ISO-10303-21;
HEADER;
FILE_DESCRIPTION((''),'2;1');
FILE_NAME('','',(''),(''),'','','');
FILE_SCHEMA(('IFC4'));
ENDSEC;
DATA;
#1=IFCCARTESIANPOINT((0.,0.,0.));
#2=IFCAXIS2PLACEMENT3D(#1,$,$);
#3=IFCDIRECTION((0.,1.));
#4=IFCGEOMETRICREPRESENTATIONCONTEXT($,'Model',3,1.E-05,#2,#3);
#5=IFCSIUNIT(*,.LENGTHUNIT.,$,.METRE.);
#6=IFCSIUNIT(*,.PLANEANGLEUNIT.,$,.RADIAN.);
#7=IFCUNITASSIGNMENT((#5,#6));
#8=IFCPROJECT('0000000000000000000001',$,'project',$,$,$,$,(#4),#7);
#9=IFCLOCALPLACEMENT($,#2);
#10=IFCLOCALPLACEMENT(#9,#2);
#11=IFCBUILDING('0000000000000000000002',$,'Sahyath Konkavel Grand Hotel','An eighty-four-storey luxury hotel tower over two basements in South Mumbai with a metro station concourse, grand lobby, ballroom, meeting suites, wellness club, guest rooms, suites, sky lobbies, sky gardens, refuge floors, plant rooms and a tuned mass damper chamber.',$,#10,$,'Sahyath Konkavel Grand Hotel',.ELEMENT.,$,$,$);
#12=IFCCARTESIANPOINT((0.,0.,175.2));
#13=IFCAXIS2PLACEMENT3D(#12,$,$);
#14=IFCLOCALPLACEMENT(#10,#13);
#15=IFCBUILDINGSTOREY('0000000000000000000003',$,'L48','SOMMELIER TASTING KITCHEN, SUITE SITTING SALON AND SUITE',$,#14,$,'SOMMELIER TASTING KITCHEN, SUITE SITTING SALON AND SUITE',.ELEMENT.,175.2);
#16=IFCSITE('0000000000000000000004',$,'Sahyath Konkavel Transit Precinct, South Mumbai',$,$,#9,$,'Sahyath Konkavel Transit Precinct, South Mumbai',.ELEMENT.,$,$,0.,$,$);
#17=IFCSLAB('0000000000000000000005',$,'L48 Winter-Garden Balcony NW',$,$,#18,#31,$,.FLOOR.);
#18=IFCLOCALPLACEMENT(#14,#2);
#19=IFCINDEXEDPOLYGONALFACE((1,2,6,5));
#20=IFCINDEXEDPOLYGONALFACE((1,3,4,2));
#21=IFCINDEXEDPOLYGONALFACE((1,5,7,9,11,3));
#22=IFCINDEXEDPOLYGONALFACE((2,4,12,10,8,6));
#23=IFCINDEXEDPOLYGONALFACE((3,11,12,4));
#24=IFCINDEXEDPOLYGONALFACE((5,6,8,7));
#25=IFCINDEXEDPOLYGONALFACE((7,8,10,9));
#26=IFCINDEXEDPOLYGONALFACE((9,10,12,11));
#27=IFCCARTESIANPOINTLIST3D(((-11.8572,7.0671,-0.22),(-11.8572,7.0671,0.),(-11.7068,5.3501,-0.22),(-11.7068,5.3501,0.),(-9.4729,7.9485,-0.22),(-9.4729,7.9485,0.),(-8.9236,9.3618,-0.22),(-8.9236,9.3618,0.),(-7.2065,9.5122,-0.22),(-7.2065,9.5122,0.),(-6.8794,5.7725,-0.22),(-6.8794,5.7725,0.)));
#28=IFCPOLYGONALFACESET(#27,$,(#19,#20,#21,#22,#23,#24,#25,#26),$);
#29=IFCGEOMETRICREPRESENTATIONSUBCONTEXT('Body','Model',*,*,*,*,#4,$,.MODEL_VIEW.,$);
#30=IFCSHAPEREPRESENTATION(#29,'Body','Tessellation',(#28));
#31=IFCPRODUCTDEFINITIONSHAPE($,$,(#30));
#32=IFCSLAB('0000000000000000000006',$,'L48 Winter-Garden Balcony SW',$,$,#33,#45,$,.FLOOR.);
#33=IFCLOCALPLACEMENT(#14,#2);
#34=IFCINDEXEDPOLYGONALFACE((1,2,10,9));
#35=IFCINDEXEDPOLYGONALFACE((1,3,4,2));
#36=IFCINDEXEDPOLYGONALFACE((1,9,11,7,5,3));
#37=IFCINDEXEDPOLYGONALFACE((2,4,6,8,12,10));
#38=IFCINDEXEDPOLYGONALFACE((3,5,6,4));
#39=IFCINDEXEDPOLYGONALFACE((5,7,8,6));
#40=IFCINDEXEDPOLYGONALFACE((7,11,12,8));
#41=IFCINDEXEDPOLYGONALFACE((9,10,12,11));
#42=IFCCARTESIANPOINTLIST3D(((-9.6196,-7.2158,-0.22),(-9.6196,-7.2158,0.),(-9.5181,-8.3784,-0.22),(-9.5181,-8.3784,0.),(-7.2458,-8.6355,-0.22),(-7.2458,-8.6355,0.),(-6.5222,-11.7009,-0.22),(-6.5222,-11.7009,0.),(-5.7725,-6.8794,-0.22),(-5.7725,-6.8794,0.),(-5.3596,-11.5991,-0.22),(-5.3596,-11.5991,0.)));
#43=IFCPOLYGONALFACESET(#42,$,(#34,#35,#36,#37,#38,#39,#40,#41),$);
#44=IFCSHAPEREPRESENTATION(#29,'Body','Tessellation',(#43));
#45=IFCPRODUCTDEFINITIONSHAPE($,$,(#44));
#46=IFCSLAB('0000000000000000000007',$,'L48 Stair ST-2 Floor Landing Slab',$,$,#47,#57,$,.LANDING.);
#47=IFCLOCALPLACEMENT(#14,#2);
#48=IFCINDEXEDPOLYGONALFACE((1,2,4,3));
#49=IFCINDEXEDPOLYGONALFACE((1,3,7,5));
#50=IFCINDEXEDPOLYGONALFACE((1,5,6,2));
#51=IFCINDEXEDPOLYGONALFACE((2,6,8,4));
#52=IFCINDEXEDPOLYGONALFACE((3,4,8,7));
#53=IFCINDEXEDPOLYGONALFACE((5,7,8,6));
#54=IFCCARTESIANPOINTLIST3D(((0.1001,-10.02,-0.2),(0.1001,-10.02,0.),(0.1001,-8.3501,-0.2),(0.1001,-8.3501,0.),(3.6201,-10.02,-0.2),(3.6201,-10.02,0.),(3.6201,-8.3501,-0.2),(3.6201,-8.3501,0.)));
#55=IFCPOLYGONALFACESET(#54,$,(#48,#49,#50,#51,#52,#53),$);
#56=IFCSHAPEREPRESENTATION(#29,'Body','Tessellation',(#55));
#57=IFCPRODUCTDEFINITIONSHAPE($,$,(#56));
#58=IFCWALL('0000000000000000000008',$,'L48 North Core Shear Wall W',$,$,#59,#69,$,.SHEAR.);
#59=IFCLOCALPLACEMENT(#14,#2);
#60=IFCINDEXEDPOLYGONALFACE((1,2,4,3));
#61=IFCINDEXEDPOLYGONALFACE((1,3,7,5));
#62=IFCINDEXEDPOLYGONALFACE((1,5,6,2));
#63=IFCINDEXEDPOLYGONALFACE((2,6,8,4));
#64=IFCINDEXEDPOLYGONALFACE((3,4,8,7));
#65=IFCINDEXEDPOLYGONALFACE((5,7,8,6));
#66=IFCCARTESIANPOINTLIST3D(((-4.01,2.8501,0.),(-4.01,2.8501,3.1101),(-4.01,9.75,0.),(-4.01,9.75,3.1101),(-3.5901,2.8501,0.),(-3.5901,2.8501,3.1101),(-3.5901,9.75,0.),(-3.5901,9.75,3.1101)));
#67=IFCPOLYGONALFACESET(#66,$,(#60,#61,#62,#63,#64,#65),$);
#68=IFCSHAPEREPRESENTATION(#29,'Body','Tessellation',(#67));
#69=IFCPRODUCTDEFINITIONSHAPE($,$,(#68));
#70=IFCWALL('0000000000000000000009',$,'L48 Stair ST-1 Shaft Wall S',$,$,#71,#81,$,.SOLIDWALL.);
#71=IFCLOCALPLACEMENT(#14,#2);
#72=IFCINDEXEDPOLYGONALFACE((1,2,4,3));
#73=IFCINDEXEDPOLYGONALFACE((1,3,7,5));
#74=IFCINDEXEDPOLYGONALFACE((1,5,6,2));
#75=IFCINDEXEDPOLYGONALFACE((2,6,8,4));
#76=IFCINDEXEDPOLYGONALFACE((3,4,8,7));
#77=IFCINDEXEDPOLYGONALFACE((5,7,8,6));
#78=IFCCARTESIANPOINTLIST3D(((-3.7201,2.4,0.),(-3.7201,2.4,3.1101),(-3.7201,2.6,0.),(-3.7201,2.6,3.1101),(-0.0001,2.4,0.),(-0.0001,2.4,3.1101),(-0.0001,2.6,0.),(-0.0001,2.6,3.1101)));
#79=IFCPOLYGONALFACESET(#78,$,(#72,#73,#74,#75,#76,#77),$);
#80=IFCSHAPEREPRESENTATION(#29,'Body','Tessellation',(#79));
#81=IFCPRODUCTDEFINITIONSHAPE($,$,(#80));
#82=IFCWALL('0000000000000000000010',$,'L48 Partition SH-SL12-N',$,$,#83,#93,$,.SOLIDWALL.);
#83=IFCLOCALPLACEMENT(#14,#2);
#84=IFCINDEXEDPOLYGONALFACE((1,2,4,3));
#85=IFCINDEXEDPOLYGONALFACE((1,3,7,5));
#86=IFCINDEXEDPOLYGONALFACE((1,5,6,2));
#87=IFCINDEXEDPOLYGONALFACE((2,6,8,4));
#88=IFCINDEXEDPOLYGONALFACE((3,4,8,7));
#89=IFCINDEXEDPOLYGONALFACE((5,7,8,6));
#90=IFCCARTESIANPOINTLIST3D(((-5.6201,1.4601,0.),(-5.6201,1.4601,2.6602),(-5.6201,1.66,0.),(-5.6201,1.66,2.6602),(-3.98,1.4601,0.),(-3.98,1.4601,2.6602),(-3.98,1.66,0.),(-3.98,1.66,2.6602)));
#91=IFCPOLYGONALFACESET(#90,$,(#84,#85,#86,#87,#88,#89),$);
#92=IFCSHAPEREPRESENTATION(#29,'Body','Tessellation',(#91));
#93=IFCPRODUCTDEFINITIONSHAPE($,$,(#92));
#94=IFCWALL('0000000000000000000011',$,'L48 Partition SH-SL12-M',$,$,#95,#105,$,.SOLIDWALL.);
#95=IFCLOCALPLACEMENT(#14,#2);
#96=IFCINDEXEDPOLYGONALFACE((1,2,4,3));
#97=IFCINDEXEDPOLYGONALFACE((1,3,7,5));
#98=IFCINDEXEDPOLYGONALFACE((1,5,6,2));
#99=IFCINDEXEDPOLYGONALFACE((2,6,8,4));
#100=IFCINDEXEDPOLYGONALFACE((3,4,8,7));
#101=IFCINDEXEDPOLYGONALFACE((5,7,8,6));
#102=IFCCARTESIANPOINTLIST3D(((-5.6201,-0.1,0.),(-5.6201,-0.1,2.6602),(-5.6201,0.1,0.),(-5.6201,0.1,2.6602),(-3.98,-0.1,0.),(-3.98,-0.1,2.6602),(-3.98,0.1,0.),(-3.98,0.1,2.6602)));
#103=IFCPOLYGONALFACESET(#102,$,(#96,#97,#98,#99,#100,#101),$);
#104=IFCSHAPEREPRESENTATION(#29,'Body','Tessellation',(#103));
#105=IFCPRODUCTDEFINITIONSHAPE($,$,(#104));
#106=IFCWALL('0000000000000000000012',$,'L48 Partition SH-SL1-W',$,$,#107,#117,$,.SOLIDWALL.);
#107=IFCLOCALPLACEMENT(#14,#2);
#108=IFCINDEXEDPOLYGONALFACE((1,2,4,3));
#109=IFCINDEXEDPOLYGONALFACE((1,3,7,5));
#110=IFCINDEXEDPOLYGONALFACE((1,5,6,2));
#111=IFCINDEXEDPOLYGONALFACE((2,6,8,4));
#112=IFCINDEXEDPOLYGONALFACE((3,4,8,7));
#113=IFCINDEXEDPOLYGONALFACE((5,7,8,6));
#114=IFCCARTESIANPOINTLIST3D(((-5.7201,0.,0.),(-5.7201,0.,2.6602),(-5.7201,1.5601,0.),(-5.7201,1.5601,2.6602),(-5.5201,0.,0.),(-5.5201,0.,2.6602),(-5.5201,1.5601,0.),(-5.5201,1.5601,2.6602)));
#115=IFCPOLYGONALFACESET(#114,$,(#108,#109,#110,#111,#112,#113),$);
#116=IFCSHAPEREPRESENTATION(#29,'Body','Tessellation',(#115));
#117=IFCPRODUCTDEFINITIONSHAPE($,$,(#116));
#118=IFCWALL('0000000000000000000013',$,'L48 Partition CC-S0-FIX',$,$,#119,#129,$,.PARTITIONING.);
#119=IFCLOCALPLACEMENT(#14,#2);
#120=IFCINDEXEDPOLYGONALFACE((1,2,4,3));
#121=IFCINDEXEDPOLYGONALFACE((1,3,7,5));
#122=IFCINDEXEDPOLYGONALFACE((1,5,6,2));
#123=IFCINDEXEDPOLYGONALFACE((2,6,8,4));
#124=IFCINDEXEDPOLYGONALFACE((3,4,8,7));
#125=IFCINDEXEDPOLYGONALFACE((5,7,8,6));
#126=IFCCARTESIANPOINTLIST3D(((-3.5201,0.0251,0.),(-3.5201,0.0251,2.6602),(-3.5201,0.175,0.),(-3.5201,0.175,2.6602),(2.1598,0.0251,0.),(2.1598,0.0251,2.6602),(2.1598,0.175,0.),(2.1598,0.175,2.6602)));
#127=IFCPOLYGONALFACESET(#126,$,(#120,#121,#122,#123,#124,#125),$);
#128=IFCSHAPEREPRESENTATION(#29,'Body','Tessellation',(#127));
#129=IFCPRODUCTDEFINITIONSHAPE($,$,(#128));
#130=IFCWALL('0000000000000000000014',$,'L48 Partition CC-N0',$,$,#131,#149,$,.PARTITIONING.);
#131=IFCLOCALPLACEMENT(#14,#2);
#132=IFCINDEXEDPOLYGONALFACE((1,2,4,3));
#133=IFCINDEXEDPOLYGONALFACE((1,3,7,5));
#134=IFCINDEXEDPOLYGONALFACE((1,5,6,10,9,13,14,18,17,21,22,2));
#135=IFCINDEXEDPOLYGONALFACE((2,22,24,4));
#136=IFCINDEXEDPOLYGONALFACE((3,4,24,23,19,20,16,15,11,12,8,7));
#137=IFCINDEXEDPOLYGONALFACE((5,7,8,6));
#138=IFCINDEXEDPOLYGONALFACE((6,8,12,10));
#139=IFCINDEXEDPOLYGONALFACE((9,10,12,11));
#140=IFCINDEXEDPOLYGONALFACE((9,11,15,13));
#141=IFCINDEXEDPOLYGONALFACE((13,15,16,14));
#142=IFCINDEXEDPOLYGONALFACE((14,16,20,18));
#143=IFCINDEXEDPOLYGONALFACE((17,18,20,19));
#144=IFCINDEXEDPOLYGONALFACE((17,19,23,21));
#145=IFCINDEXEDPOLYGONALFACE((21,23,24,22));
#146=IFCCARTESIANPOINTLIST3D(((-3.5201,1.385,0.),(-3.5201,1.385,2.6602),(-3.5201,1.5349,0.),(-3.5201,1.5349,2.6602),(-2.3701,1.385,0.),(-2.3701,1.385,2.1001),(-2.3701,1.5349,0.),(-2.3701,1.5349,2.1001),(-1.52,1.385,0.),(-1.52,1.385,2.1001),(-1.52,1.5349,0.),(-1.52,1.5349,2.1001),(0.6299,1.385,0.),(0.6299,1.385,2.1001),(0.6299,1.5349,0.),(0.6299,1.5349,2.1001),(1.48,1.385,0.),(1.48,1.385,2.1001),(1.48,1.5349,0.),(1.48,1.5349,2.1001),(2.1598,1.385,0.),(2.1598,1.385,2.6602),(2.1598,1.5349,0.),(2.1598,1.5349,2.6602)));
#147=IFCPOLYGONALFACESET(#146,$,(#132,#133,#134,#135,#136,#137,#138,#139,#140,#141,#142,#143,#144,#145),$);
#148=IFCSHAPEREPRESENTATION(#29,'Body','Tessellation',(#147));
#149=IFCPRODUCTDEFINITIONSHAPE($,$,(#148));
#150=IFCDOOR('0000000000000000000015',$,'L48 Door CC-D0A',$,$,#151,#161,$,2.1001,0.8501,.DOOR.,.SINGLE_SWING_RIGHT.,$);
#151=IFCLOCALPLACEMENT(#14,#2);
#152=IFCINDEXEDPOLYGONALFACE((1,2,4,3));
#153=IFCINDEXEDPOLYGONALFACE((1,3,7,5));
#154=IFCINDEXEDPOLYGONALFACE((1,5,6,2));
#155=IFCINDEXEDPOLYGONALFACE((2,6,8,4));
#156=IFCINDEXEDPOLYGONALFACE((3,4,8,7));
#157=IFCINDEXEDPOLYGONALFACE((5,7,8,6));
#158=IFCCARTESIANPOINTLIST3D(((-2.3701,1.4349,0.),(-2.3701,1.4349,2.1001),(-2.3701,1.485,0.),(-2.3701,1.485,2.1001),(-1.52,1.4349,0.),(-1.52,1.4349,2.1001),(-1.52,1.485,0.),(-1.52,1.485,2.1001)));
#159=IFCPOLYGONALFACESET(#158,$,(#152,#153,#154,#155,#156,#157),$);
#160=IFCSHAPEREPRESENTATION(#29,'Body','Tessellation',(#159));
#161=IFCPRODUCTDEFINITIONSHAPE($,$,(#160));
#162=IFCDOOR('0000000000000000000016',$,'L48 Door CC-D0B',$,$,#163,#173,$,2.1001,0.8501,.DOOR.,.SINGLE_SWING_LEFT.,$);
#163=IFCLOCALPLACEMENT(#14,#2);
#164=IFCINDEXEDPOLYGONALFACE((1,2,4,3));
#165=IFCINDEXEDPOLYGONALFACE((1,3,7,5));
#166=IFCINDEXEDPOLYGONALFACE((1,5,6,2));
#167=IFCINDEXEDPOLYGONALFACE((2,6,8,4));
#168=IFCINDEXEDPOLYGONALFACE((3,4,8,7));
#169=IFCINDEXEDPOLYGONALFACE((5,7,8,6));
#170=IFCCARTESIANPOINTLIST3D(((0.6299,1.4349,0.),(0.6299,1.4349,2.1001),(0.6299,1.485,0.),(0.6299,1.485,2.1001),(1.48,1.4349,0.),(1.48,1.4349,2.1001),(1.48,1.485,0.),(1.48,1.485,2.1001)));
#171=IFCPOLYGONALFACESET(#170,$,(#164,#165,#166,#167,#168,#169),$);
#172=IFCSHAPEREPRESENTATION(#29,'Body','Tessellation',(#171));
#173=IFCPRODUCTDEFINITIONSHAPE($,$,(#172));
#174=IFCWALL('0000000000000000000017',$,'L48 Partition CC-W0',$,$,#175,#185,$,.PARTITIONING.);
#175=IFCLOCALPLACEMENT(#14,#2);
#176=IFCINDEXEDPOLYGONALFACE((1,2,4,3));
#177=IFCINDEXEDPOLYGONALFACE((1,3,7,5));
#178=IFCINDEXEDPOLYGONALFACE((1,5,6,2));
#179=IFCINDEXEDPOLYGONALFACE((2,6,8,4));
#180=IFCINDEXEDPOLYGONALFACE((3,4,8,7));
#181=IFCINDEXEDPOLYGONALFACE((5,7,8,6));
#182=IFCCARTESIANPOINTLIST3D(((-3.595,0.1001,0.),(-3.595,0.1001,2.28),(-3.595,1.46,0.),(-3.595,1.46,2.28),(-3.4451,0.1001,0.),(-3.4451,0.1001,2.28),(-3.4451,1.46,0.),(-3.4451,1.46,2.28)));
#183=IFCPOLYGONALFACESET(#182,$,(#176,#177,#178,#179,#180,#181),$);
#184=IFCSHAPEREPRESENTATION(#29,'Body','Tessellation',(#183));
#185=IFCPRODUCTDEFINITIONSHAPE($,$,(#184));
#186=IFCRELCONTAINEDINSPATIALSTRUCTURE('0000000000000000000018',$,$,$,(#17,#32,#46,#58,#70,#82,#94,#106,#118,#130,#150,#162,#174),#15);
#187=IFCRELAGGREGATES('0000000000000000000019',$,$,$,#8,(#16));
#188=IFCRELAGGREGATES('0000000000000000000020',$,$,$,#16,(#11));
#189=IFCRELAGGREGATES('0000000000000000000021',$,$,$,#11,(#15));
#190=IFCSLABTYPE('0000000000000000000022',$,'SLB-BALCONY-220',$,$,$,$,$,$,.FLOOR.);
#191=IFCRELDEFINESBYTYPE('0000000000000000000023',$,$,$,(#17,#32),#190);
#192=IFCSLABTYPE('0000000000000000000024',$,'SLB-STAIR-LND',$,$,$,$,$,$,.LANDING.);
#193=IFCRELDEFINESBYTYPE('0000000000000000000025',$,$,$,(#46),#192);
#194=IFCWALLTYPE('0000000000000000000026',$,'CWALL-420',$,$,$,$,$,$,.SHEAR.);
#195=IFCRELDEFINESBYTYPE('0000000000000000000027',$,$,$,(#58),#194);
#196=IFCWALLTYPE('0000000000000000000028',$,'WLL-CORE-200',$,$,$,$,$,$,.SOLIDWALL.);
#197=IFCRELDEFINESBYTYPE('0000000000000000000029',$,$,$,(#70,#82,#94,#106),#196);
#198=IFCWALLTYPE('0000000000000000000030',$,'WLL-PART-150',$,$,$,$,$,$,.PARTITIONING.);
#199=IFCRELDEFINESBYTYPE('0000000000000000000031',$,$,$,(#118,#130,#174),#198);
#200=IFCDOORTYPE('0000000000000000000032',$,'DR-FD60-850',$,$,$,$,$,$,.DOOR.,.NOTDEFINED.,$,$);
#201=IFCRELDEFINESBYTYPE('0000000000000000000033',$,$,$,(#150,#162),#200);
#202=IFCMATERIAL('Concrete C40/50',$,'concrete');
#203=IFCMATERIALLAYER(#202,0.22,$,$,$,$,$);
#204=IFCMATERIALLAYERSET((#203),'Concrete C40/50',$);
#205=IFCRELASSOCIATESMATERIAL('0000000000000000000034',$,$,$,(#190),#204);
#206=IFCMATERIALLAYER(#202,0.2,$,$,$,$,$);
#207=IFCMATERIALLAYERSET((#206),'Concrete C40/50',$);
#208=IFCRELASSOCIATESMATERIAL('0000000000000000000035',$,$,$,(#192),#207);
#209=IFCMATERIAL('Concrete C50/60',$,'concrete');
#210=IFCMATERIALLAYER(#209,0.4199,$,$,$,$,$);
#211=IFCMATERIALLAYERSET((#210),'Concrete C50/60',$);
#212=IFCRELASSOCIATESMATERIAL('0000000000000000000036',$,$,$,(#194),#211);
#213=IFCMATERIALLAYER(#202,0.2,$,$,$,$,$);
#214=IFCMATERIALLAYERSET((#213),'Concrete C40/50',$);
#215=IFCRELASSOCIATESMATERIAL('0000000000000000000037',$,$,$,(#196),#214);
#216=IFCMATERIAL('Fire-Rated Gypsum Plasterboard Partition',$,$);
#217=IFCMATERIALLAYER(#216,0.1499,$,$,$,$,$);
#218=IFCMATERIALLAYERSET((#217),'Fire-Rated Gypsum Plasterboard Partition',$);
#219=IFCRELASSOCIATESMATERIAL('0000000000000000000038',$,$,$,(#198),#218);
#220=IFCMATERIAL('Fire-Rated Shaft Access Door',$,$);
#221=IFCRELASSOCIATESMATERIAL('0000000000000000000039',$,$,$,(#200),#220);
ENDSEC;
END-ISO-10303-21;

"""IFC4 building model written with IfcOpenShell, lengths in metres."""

from ifc_helpers import new_model, si_unit, direction, frame, frame_2d, origin, origin_2d, place, context, subcontext, project, spatial, polyline, rectangle, outline, extrude, source, transform, mapped, material, layer, layer_set, type_object, element, fill, save


model = new_model("IFC4")

# Units and contexts
model_context = context("Model", 3, precision=1e-05, world=origin(), true_north=direction((0.0, 1.0)))
body_context = subcontext(model_context, "Body", "Model", "MODEL_VIEW")
ifc_project = project(units=[si_unit("LENGTHUNIT", "METRE"), si_unit("PLANEANGLEUNIT", "RADIAN")], contexts=[model_context])

# Site, building, storey
site_placement = place(None, origin())
site = spatial("IfcSite", under=ifc_project, at=site_placement, Name="Sahyath Konkavel Transit Precinct, South Mumbai", LongName="Sahyath Konkavel Transit Precinct, South Mumbai", CompositionType="ELEMENT", RefElevation=0.0)
building_placement = place(site_placement, origin())
building = spatial("IfcBuilding", under=site, at=building_placement, Name="Sahyath Konkavel Grand Hotel", Description="An eighty-four-storey luxury hotel tower over two basements in South Mumbai with a metro station concourse, grand lobby, ballroom, meeting suites, wellness club, guest rooms, suites, sky lobbies, sky gardens, refuge floors, plant rooms and a tuned mass damper chamber.", LongName="Sahyath Konkavel Grand Hotel", CompositionType="ELEMENT")
storey_placement = place(building_placement, frame((0.0, 0.0, 175.2)))
storey = spatial("IfcBuildingStorey", under=building, at=storey_placement, Name="L48", Description="SOMMELIER TASTING KITCHEN, SUITE SITTING SALON AND SUITE", LongName="SOMMELIER TASTING KITCHEN, SUITE SITTING SALON AND SUITE", CompositionType="ELEMENT", Elevation=175.2)

# Shared definitions
ifc_material_1 = material(Name="Concrete C50/60", Category="concrete")

# Slabs
ifc_material_2 = material(Name="Concrete C40/50", Category="concrete")
ifc_layer_1 = layer(ifc_material_2, 0.22)
ifc_layer_set_1 = layer_set([ifc_layer_1], Name="Concrete C40/50")
slab_type_1 = type_object("IfcSlabType", Name="SLB-BALCONY-220", PredefinedType="FLOOR", material=ifc_layer_set_1)
slab_1_placement = place(storey_placement, frame((0.0, 0.0, -0.22)))
element("IfcSlab", 1, at=slab_1_placement, inside=storey, type_object=slab_type_1, Name="L48 Winter-Garden Balcony NW", PredefinedType="FLOOR", context=body_context, shape_type="SweptSolid", body=[
    extrude(outline(polyline([(-6.8794, 5.7725), (-7.2065, 9.5122), (-8.9236, 9.3618), (-9.4729, 7.9485), (-11.8572, 7.0671), (-11.7068, 5.3501), (-6.8794, 5.7725)])), origin(), (0.0, 0.0, 1.0), 0.22),
])
slab_2_placement = place(storey_placement, frame((0.0, 0.0, -0.22)))
element("IfcSlab", 2, at=slab_2_placement, inside=storey, type_object=slab_type_1, Name="L48 Winter-Garden Balcony SW", PredefinedType="FLOOR", context=body_context, shape_type="SweptSolid", body=[
    extrude(outline(polyline([(-5.7725, -6.8794), (-9.6196, -7.2158), (-9.5181, -8.3784), (-7.2458, -8.6355), (-6.5222, -11.7009), (-5.3596, -11.5991), (-5.7725, -6.8794)])), origin(), (0.0, 0.0, 1.0), 0.22),
])
ifc_layer_2 = layer(ifc_material_2, 0.2)
ifc_layer_set_2 = layer_set([ifc_layer_2], Name="Concrete C40/50")
slab_type_2 = type_object("IfcSlabType", Name="SLB-STAIR-LND", PredefinedType="LANDING", material=ifc_layer_set_2)
slab_3_placement = place(storey_placement, frame((0.0, 0.0, -0.2)))
element("IfcSlab", 3, at=slab_3_placement, inside=storey, type_object=slab_type_2, Name="L48 Stair ST-2 Floor Landing Slab", PredefinedType="LANDING", context=body_context, shape_type="SweptSolid", body=[
    extrude(outline(polyline([(0.1001, -10.02), (3.6201, -10.02), (3.6201, -8.3501), (0.1001, -8.3501), (0.1001, -10.02)])), origin(), (0.0, 0.0, 1.0), 0.2),
])

# Walls
ifc_layer_3 = layer(ifc_material_1, 0.4199)
ifc_layer_set_3 = layer_set([ifc_layer_3], Name="Concrete C50/60")
wall_type_1 = type_object("IfcWallType", Name="CWALL-420", PredefinedType="SHEAR", material=ifc_layer_set_3)
wall_1_placement = place(storey_placement, frame((-3.8, 2.8501, 0.0), z_axis=(0.0, 0.0, 1.0), x_axis=(0.0, 1.0, 0.0)))
element("IfcWall", 4, at=wall_1_placement, inside=storey, type_object=wall_type_1, Name="L48 North Core Shear Wall W", PredefinedType="SHEAR", context=body_context, shape_type="SweptSolid", body=[
    extrude(rectangle(XDim=6.8999, YDim=0.4199, at=frame_2d((3.45, 0.0))), origin(), (0.0, 0.0, 1.0), 3.1101),
])
ifc_layer_4 = layer(ifc_material_2, 0.2)
ifc_layer_set_4 = layer_set([ifc_layer_4], Name="Concrete C40/50")
wall_type_2 = type_object("IfcWallType", Name="WLL-CORE-200", PredefinedType="SOLIDWALL", material=ifc_layer_set_4)
wall_2_placement = place(storey_placement, frame((-3.72, 2.5, 0.0), z_axis=(0.0, 0.0, 1.0), x_axis=(1.0, 0.0, 0.0)))
element("IfcWall", 5, at=wall_2_placement, inside=storey, type_object=wall_type_2, Name="L48 Stair ST-1 Shaft Wall S", PredefinedType="SOLIDWALL", context=body_context, shape_type="SweptSolid", body=[
    extrude(rectangle(XDim=3.72, YDim=0.2, at=frame_2d((1.8599, 0.0))), origin(), (0.0, 0.0, 1.0), 3.1101),
])
for number, where, z_axis, x_axis, name in (
    (6, (-5.6201, 1.5601, 0.0), (0.0, 0.0, 1.0), (1.0, 0.0, 0.0), "L48 Partition SH-SL12-N"),
    (7, (-5.6201, 0.0, 0.0), (0.0, 0.0, 1.0), (1.0, 0.0, 0.0), "L48 Partition SH-SL12-M"),
):
    element("IfcWall", number, at=place(storey_placement, frame(where, z_axis=z_axis, x_axis=x_axis)), inside=storey, type_object=wall_type_2, Name=name, PredefinedType="SOLIDWALL", context=body_context, shape_type="SweptSolid", body=[
        extrude(rectangle(XDim=1.6401, YDim=0.2, at=frame_2d((0.8201, 0.0))), origin(), (0.0, 0.0, 1.0), 2.6602),
    ])
wall_3_placement = place(storey_placement, frame((-5.6201, 0.0, 0.0), z_axis=(0.0, 0.0, 1.0), x_axis=(0.0, 1.0, 0.0)))
element("IfcWall", 8, at=wall_3_placement, inside=storey, type_object=wall_type_2, Name="L48 Partition SH-SL1-W", PredefinedType="SOLIDWALL", context=body_context, shape_type="SweptSolid", body=[
    extrude(rectangle(XDim=1.5601, YDim=0.2, at=frame_2d((0.78, 0.0))), origin(), (0.0, 0.0, 1.0), 2.6602),
])
ifc_material_3 = material(Name="Fire-Rated Gypsum Plasterboard Partition")
ifc_layer_5 = layer(ifc_material_3, 0.1499)
ifc_layer_set_5 = layer_set([ifc_layer_5], Name="Fire-Rated Gypsum Plasterboard Partition")
wall_type_3 = type_object("IfcWallType", Name="WLL-PART-150", PredefinedType="PARTITIONING", material=ifc_layer_set_5)
wall_4_placement = place(storey_placement, frame((-3.52, 0.1001, 0.0), z_axis=(0.0, 0.0, 1.0), x_axis=(1.0, 0.0, 0.0)))
element("IfcWall", 9, at=wall_4_placement, inside=storey, type_object=wall_type_3, Name="L48 Partition CC-S0-FIX", PredefinedType="PARTITIONING", context=body_context, shape_type="SweptSolid", body=[
    extrude(rectangle(XDim=5.6799, YDim=0.1499, at=frame_2d((2.8398, 0.0))), origin(), (0.0, 0.0, 1.0), 2.6602),
])

# Wall, openings, doors
wall_5_placement = place(storey_placement, frame((-3.52, 1.46, 0.0), z_axis=(0.0, 0.0, 1.0), x_axis=(1.0, 0.0, 0.0)))
wall_5 = element("IfcWall", 10, at=wall_5_placement, inside=storey, type_object=wall_type_3, Name="L48 Partition CC-N0", PredefinedType="PARTITIONING", context=body_context, shape_type="SweptSolid", body=[
    extrude(rectangle(XDim=5.6799, YDim=0.1499, at=frame_2d((2.8398, 0.0))), origin(), (0.0, 0.0, 1.0), 2.6602),
])
opening_1_placement = place(wall_5_placement, frame((1.1499, 0.0, 0.0)))
opening_1 = element("IfcOpeningElement", 11, at=opening_1_placement, cuts=wall_5, PredefinedType="OPENING", context=body_context, shape_type="SweptSolid", body=[
    extrude(rectangle(XDim=0.8501, YDim=2.1001, at=frame_2d((0.425, 1.05))), frame((0.0, 0.085, 0.0), z_axis=(0.0, -1.0, 0.0), x_axis=(1.0, 0.0, 0.0)), (0.0, 0.0, 1.0), 0.1699),
])
opening_2_placement = place(wall_5_placement, frame((4.1499, 0.0, 0.0)))
opening_2 = element("IfcOpeningElement", 12, at=opening_2_placement, cuts=wall_5, PredefinedType="OPENING", context=body_context, shape_type="SweptSolid", body=[
    extrude(rectangle(XDim=0.8501, YDim=2.1001, at=frame_2d((0.425, 1.05))), frame((0.0, 0.085, 0.0), z_axis=(0.0, -1.0, 0.0), x_axis=(1.0, 0.0, 0.0)), (0.0, 0.0, 1.0), 0.1699),
])
ifc_material_4 = material(Name="Fire-Rated Shaft Access Door")
door_type = type_object("IfcDoorType", Name="DR-FD60-850", OperationType="NOTDEFINED", PredefinedType="DOOR", material=ifc_material_4)
shared_shape_1 = source(origin(), body_context, "Body", "SweptSolid", [
    extrude(rectangle(XDim=0.8501, YDim=0.05, at=origin_2d()), origin(), (0.0, 0.0, 1.0), 2.1001),
])
door_1_placement = place(opening_1_placement, frame((0.425, 0.0, 0.0)))
door_1 = element("IfcDoor", 13, at=door_1_placement, inside=storey, type_object=door_type, Name="L48 Door CC-D0A", OperationType="SINGLE_SWING_RIGHT", OverallHeight=2.1001, OverallWidth=0.8501, PredefinedType="DOOR", context=body_context, shape_type="MappedRepresentation", body=[
    mapped(shared_shape_1, transform((0.0, 0.0, 0.0), scale=1.0)),
])
fill(opening_1, door_1)
door_2_placement = place(opening_2_placement, frame((0.425, 0.0, 0.0)))
door_2 = element("IfcDoor", 14, at=door_2_placement, inside=storey, type_object=door_type, Name="L48 Door CC-D0B", OperationType="SINGLE_SWING_LEFT", OverallHeight=2.1001, OverallWidth=0.8501, PredefinedType="DOOR", context=body_context, shape_type="MappedRepresentation", body=[
    mapped(shared_shape_1, transform((0.0, 0.0, 0.0), scale=1.0)),
])
fill(opening_2, door_2)

# Wall
wall_6_placement = place(storey_placement, frame((-3.52, 0.1001, 0.0), z_axis=(0.0, 0.0, 1.0), x_axis=(0.0, 1.0, 0.0)))
element("IfcWall", 15, at=wall_6_placement, inside=storey, type_object=wall_type_3, Name="L48 Partition CC-W0", PredefinedType="PARTITIONING", context=body_context, shape_type="SweptSolid", body=[
    extrude(rectangle(XDim=1.3599, YDim=0.1499, at=frame_2d((0.6799, 0.0))), origin(), (0.0, 0.0, 1.0), 2.28),
])

save(model, "model.ifc")
